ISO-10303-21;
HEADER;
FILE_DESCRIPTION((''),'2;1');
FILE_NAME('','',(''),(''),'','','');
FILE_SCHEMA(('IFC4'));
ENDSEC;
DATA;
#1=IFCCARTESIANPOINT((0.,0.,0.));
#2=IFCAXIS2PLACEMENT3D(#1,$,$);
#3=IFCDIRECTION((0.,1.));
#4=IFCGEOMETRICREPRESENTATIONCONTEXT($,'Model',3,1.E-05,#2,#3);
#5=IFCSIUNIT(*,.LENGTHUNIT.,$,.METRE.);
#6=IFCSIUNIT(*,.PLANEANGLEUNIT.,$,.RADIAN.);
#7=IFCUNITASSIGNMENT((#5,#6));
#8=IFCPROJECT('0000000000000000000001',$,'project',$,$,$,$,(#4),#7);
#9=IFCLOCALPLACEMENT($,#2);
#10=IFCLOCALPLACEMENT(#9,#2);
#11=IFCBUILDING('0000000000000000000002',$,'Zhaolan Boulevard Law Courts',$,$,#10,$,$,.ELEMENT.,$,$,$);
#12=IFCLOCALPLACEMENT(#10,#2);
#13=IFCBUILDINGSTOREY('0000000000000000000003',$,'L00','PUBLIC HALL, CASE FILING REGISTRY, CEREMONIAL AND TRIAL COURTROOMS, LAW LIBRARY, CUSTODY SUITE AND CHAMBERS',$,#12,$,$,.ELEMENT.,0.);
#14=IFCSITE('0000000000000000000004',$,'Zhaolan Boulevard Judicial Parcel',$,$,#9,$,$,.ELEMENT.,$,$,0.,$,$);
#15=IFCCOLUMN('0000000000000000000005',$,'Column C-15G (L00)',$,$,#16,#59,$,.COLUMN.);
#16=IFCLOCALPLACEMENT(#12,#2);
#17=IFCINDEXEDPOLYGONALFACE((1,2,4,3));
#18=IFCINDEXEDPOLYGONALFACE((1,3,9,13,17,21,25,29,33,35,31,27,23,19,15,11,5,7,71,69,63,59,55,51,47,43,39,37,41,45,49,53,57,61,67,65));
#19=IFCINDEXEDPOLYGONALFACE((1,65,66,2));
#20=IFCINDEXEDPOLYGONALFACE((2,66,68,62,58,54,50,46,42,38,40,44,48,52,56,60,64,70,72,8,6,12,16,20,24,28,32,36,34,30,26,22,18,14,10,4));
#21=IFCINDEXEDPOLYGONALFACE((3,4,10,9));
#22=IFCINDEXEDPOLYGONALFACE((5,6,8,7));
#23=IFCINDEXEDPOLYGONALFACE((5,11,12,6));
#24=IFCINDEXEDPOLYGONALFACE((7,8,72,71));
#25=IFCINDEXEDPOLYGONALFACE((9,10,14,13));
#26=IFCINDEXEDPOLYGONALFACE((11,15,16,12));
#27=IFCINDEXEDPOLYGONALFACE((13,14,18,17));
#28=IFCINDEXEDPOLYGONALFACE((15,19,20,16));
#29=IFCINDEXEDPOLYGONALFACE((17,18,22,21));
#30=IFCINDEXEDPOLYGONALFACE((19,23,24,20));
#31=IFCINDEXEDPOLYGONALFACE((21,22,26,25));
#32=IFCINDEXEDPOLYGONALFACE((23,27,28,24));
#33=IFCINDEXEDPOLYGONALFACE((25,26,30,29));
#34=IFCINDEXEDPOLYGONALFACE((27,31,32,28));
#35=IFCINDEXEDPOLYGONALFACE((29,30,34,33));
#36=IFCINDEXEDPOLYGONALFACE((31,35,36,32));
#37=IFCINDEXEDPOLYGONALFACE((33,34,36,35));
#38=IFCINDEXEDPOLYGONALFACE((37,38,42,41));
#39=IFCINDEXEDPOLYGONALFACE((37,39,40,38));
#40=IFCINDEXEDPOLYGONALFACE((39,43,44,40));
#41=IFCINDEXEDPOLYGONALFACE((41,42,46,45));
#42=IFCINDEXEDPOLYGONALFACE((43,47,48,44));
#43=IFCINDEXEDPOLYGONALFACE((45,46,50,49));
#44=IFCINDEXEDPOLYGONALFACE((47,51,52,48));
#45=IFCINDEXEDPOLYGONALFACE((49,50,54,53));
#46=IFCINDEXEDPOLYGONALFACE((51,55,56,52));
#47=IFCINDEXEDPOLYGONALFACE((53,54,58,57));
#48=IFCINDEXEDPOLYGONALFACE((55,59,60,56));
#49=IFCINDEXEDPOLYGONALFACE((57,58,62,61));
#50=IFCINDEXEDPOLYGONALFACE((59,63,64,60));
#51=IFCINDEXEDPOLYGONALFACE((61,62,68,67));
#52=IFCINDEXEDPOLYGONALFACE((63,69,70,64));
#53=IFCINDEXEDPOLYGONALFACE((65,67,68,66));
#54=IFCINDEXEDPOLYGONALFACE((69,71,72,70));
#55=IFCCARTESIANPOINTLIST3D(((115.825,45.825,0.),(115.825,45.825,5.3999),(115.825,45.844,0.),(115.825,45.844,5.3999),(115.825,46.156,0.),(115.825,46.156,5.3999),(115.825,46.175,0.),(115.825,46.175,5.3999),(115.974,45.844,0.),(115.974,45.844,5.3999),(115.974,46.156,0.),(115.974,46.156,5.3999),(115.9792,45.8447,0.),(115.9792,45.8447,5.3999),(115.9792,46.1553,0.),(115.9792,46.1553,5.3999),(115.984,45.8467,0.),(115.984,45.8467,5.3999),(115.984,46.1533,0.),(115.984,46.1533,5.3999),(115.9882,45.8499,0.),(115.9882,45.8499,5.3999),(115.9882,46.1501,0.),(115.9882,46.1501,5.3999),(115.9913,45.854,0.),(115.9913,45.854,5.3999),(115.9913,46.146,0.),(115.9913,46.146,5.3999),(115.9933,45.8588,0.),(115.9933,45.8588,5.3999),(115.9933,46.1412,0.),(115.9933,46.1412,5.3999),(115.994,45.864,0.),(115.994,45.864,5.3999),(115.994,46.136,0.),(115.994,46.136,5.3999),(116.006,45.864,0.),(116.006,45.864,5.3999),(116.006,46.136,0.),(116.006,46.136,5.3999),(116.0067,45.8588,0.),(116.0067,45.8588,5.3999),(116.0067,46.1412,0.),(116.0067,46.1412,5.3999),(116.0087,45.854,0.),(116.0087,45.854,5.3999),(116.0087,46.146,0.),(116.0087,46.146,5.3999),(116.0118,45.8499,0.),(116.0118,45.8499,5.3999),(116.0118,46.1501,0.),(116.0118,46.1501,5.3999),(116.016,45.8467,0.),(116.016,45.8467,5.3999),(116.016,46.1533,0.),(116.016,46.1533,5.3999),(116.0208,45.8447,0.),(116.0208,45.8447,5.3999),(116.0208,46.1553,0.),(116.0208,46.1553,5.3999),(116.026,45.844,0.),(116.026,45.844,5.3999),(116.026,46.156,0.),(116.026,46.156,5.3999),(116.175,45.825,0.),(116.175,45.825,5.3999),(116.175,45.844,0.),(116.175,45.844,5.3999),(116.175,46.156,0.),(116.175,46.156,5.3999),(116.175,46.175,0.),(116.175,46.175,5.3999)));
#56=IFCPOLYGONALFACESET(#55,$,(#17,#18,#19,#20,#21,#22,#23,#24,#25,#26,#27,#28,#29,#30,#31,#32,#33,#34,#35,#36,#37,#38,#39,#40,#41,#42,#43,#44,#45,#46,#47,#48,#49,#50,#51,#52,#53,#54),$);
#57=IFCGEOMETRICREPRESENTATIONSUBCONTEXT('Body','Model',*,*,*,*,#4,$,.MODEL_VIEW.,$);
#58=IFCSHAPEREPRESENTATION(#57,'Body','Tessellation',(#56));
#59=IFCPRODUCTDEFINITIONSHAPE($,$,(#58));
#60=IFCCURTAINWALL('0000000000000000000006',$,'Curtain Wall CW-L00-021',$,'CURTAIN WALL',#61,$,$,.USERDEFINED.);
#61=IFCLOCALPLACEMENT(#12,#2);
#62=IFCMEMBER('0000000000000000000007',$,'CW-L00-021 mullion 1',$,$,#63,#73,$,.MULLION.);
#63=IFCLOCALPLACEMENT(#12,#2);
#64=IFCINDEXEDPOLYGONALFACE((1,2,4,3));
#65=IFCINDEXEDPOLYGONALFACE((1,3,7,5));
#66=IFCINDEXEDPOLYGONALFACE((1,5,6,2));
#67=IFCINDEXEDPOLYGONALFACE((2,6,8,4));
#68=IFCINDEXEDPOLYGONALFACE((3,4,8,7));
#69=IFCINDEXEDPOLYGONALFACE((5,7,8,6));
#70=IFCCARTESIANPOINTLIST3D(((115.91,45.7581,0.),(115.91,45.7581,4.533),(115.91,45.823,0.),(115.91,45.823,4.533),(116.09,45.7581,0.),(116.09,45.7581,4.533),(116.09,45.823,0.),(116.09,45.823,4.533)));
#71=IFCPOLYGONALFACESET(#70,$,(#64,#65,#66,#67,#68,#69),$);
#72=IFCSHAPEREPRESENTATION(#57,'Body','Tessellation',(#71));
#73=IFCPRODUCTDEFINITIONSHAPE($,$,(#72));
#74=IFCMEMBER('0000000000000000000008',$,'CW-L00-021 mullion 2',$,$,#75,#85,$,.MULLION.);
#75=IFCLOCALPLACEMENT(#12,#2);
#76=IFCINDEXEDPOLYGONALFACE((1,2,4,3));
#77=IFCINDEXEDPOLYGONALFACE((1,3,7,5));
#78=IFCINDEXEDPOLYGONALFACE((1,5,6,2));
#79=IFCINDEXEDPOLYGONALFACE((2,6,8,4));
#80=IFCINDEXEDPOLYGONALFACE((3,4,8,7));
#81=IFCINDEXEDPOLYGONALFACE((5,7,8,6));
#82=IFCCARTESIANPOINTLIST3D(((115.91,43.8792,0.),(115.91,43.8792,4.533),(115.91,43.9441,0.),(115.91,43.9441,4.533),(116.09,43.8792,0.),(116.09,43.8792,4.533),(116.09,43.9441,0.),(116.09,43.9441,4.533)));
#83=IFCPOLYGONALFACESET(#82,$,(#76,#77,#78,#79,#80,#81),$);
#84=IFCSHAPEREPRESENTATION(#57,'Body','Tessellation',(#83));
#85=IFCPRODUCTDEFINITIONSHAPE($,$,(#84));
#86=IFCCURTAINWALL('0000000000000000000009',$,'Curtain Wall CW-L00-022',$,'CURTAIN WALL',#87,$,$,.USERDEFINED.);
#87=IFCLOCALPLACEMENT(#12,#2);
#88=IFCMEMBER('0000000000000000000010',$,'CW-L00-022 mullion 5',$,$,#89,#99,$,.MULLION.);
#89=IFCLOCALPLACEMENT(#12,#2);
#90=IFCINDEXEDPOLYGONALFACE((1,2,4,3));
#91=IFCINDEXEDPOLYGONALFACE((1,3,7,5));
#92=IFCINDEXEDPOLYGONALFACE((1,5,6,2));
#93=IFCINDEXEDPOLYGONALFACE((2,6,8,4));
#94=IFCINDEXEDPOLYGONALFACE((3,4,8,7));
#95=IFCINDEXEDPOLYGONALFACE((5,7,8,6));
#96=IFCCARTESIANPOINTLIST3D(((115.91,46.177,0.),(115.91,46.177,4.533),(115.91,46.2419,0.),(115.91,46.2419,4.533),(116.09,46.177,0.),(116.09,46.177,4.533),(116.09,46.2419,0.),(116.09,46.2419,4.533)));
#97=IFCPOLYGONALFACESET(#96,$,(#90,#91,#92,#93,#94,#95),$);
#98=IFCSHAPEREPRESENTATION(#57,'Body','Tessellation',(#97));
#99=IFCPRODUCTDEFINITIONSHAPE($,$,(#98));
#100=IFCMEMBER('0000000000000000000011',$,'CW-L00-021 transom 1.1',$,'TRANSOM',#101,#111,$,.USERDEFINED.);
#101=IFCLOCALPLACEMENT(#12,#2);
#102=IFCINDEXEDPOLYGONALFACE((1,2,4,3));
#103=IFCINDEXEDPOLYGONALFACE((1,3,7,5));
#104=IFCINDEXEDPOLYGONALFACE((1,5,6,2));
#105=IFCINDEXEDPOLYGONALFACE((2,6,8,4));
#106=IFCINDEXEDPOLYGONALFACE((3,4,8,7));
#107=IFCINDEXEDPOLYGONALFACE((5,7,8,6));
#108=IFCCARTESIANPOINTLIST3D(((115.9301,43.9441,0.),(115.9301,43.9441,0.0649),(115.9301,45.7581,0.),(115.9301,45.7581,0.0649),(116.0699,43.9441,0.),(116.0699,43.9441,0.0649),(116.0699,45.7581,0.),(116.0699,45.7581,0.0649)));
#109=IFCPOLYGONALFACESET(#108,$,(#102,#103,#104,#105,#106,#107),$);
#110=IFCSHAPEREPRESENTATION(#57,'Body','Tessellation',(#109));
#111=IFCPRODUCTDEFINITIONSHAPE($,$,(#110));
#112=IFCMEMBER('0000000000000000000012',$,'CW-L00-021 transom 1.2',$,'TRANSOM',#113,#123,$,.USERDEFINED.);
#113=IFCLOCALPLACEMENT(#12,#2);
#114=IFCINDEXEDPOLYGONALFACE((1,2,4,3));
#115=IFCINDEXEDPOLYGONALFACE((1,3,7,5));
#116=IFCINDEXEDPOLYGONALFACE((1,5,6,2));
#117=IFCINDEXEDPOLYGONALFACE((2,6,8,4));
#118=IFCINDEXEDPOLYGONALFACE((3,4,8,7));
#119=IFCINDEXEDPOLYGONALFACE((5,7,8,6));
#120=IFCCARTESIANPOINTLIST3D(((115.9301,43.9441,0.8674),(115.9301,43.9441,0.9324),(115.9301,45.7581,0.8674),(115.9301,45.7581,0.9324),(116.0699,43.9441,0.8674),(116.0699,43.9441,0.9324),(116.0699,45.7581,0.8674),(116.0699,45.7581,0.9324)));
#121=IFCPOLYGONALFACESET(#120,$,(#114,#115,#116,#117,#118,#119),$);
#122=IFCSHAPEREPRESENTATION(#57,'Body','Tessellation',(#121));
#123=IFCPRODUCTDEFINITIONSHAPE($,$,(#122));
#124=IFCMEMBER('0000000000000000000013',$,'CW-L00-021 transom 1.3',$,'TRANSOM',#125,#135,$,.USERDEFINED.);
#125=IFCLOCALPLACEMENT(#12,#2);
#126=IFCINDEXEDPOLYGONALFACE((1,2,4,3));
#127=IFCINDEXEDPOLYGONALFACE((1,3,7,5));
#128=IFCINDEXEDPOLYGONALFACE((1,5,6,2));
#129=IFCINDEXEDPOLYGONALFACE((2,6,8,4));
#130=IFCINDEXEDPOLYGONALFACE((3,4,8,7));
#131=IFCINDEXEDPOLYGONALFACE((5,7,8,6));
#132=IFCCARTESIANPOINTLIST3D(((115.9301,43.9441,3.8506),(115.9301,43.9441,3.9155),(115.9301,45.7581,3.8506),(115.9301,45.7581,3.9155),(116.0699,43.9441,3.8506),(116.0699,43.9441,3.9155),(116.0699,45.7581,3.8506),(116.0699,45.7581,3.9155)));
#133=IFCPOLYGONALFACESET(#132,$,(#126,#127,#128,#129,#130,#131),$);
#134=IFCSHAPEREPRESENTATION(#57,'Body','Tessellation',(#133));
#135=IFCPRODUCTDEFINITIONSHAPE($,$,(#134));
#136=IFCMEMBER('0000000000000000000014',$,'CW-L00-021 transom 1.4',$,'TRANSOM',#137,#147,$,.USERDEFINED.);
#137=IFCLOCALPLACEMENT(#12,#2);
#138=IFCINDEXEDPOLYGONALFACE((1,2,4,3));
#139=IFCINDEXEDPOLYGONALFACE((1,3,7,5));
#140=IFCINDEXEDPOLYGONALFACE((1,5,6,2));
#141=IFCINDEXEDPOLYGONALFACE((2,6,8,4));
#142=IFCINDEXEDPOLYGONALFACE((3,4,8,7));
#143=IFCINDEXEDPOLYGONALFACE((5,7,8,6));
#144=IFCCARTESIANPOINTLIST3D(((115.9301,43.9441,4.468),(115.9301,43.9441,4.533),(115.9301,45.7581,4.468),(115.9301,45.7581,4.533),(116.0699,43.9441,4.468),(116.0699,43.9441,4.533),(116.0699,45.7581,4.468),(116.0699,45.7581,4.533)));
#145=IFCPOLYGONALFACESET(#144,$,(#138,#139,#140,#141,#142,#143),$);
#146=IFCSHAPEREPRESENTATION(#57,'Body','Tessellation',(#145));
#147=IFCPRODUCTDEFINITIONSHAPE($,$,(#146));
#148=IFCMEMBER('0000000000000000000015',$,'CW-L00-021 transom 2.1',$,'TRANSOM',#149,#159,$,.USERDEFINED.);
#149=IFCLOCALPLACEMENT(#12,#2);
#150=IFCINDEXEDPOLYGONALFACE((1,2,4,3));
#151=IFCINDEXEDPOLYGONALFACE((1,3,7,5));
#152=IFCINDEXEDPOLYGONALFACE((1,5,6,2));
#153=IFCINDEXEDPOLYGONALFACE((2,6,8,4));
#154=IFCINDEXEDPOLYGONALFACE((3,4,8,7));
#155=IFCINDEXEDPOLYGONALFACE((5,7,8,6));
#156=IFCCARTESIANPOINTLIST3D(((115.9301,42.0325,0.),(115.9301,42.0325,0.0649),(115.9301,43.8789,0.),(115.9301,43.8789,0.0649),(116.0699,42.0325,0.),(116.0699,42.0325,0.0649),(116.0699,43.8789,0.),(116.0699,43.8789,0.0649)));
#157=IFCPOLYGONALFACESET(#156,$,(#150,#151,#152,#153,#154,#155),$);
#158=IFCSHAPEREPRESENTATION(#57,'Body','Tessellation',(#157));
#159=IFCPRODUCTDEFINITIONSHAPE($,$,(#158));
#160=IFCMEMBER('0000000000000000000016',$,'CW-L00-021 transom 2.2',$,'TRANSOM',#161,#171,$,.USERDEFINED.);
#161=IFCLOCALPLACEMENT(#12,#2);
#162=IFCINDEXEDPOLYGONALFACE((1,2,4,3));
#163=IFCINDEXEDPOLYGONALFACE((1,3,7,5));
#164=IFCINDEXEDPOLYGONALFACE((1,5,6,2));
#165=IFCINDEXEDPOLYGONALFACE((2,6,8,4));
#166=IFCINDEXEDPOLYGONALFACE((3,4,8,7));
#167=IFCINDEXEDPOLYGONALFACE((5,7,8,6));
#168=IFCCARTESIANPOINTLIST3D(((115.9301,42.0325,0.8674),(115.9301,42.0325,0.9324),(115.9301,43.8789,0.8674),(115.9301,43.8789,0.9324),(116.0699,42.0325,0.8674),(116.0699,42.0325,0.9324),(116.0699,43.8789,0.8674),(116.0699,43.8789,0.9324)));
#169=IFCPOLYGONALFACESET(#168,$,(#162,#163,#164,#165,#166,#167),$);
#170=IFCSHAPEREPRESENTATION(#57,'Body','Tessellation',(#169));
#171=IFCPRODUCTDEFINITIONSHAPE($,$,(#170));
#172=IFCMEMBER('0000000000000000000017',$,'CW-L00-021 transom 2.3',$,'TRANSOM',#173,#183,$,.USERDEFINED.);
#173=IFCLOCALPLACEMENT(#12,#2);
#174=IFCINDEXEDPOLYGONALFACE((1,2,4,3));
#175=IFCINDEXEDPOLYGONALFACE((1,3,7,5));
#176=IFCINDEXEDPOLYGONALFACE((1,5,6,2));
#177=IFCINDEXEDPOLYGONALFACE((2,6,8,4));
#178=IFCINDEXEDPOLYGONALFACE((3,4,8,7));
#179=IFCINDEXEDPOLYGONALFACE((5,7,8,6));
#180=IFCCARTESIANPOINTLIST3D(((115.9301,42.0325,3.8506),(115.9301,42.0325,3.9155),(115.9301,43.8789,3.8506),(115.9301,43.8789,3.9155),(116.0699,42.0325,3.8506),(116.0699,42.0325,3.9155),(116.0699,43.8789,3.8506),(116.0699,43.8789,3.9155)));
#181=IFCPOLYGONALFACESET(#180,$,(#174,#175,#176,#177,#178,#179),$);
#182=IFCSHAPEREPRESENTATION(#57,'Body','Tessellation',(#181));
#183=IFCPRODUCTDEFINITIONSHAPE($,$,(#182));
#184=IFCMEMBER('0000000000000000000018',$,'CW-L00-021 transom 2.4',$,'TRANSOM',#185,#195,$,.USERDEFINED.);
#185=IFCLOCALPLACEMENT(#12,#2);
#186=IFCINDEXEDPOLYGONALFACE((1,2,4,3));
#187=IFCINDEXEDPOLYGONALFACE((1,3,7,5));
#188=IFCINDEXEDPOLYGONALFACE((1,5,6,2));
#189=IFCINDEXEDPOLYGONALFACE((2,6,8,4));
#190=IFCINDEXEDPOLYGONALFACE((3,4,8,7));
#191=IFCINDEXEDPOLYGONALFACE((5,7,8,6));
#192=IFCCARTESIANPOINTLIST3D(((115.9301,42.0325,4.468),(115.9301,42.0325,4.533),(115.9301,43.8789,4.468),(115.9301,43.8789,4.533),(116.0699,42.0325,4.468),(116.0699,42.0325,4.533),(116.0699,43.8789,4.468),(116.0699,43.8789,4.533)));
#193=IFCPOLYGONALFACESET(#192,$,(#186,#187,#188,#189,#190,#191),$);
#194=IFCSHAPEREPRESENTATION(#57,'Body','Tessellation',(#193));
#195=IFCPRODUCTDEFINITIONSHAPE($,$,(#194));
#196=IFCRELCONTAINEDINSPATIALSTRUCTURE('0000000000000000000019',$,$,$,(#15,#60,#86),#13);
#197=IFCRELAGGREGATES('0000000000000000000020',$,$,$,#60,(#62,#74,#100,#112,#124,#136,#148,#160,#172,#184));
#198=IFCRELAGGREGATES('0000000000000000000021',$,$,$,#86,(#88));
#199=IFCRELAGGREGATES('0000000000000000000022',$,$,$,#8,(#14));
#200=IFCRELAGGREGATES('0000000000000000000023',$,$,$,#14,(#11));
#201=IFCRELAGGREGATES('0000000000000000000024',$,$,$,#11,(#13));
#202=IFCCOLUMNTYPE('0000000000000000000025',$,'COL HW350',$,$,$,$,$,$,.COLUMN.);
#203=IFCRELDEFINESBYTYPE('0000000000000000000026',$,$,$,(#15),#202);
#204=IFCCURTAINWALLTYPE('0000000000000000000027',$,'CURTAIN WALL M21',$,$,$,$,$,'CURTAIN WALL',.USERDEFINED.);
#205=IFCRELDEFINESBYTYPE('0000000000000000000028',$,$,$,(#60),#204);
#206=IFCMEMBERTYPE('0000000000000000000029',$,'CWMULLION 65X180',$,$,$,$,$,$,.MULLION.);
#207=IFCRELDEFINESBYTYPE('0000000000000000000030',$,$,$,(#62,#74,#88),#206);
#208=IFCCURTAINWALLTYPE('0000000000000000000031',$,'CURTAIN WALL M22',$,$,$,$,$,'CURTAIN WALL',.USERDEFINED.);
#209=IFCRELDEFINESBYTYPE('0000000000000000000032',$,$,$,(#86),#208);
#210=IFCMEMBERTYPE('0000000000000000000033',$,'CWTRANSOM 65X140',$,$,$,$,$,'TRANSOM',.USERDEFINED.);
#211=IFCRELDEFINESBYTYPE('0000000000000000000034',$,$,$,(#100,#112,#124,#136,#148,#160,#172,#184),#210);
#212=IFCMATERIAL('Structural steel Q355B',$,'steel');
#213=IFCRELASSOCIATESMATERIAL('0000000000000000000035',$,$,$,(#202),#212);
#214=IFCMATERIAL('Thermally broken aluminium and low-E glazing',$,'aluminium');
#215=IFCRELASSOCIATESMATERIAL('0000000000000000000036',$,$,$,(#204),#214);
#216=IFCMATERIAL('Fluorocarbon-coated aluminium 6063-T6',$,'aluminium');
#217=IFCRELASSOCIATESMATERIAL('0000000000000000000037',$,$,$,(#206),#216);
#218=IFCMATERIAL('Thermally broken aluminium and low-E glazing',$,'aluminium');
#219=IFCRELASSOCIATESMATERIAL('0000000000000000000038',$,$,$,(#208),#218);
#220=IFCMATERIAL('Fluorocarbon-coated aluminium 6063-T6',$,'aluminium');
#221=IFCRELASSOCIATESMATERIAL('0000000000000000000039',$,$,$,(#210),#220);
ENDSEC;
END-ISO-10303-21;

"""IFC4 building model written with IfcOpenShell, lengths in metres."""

from ifc_helpers import new_model, si_unit, direction, frame, origin, origin_2d, place, context, subcontext, project, spatial, rectangle, i_section, extrude, material, material_profile, profile_set, type_object, element, aggregate, save


model = new_model("IFC4")

# Units and contexts
model_context = context("Model", 3, precision=1e-05, world=origin(), true_north=direction((0.0, 1.0)))
body_context = subcontext(model_context, "Body", "Model", "MODEL_VIEW")
ifc_project = project(units=[si_unit("LENGTHUNIT", "METRE"), si_unit("PLANEANGLEUNIT", "RADIAN")], contexts=[model_context])

# Site, building, storey
site_placement = place(None, origin())
site = spatial("IfcSite", under=ifc_project, at=site_placement, Name="Zhaolan Boulevard Judicial Parcel", CompositionType="ELEMENT", RefElevation=0.0)
building_placement = place(site_placement, origin())
building = spatial("IfcBuilding", under=site, at=building_placement, Name="Zhaolan Boulevard Law Courts", CompositionType="ELEMENT")
storey_placement = place(building_placement, origin())
storey = spatial("IfcBuildingStorey", under=building, at=storey_placement, Name="L00", Description="PUBLIC HALL, CASE FILING REGISTRY, CEREMONIAL AND TRIAL COURTROOMS, LAW LIBRARY, CUSTODY SUITE AND CHAMBERS", CompositionType="ELEMENT", Elevation=0.0)

# Column
ifc_material_1 = material(Name="Structural steel Q355B", Category="steel")
ifc_material_profile_1 = material_profile(ifc_material_1, i_section(OverallWidth=0.3501, OverallDepth=0.3501, WebThickness=0.012, FlangeThickness=0.019, FilletRadius=0.02, at=origin_2d()), Name="HW350x350")
ifc_profile_set_1 = profile_set([ifc_material_profile_1], Name="Structural steel Q355B")
column_type = type_object("IfcColumnType", Name="COL HW350", PredefinedType="COLUMN", material=ifc_profile_set_1)
column_placement = place(storey_placement, frame((116.0, 46.0, 0.0), z_axis=(0.0, 0.0, 1.0), x_axis=(1.0, 0.0, 0.0)))
element("IfcColumn", 1, at=column_placement, inside=storey, type_object=column_type, Name="Column C-15G (L00)", PredefinedType="COLUMN", context=body_context, shape_type="SweptSolid", body=[
    extrude(i_section(OverallWidth=0.3501, OverallDepth=0.3501, WebThickness=0.012, FlangeThickness=0.019, FilletRadius=0.02, at=origin_2d()), origin(), (0.0, 0.0, 1.0), 5.3999),
])

# Curtain wall, members
ifc_material_2 = material(Name="Thermally broken aluminium and low-E glazing", Category="aluminium")
curtain_wall_type_1 = type_object("IfcCurtainWallType", Name="CURTAIN WALL M21", ElementType="CURTAIN WALL", PredefinedType="USERDEFINED", material=ifc_material_2)
curtain_wall_1_placement = place(storey_placement, origin())
curtain_wall_1 = element("IfcCurtainWall", 2, at=curtain_wall_1_placement, inside=storey, type_object=curtain_wall_type_1, Name="Curtain Wall CW-L00-021", ObjectType="CURTAIN WALL", PredefinedType="USERDEFINED")
ifc_material_3 = material(Name="Fluorocarbon-coated aluminium 6063-T6", Category="aluminium")
ifc_material_profile_2 = material_profile(ifc_material_3, rectangle(XDim=0.1799, YDim=0.0649, at=origin_2d()), Name="AL65x180")
ifc_profile_set_2 = profile_set([ifc_material_profile_2], Name="Fluorocarbon-coated aluminium 6063-T6")
member_type_1 = type_object("IfcMemberType", Name="CWMULLION 65X180", PredefinedType="MULLION", material=ifc_profile_set_2)
member_1_placement = place(storey_placement, frame((116.0, 45.7905, 0.0), z_axis=(0.0, 0.0, 1.0), x_axis=(1.0, 0.0, 0.0)))
member_1 = element("IfcMember", 3, at=member_1_placement, type_object=member_type_1, Name="CW-L00-021 mullion 1", PredefinedType="MULLION", context=body_context, shape_type="SweptSolid", body=[
    extrude(rectangle(XDim=0.1799, YDim=0.0649, at=origin_2d()), origin(), (0.0, 0.0, 1.0), 4.533),
])
member_2_placement = place(storey_placement, frame((116.0, 43.9116, 0.0), z_axis=(0.0, 0.0, 1.0), x_axis=(1.0, 0.0, 0.0)))
member_2 = element("IfcMember", 4, at=member_2_placement, type_object=member_type_1, Name="CW-L00-021 mullion 2", PredefinedType="MULLION", context=body_context, shape_type="SweptSolid", body=[
    extrude(rectangle(XDim=0.1799, YDim=0.0649, at=origin_2d()), origin(), (0.0, 0.0, 1.0), 4.533),
])

# Curtain wall, member
ifc_material_4 = material(Name="Thermally broken aluminium and low-E glazing", Category="aluminium")
curtain_wall_type_2 = type_object("IfcCurtainWallType", Name="CURTAIN WALL M22", ElementType="CURTAIN WALL", PredefinedType="USERDEFINED", material=ifc_material_4)
curtain_wall_2_placement = place(storey_placement, origin())
curtain_wall_2 = element("IfcCurtainWall", 5, at=curtain_wall_2_placement, inside=storey, type_object=curtain_wall_type_2, Name="Curtain Wall CW-L00-022", ObjectType="CURTAIN WALL", PredefinedType="USERDEFINED")
member_3_placement = place(storey_placement, frame((116.0, 46.2095, 0.0), z_axis=(0.0, 0.0, 1.0), x_axis=(1.0, 0.0, 0.0)))
member_3 = element("IfcMember", 6, at=member_3_placement, type_object=member_type_1, Name="CW-L00-022 mullion 5", PredefinedType="MULLION", context=body_context, shape_type="SweptSolid", body=[
    extrude(rectangle(XDim=0.1799, YDim=0.0649, at=origin_2d()), origin(), (0.0, 0.0, 1.0), 4.533),
])

# Members
ifc_material_5 = material(Name="Fluorocarbon-coated aluminium 6063-T6", Category="aluminium")
ifc_material_profile_3 = material_profile(ifc_material_5, rectangle(XDim=0.1399, YDim=0.0649, at=origin_2d()), Name="AL65x140")
ifc_profile_set_3 = profile_set([ifc_material_profile_3], Name="Fluorocarbon-coated aluminium 6063-T6")
member_type_2 = type_object("IfcMemberType", Name="CWTRANSOM 65X140", ElementType="TRANSOM", PredefinedType="USERDEFINED", material=ifc_profile_set_3)
member_4_placement = place(storey_placement, frame((116.0, 45.7581, 0.0325), z_axis=(0.0, -1.0, 0.0), x_axis=(1.0, 0.0, 0.0)))
member_4 = element("IfcMember", 7, at=member_4_placement, type_object=member_type_2, Name="CW-L00-021 transom 1.1", ObjectType="TRANSOM", PredefinedType="USERDEFINED", context=body_context, shape_type="SweptSolid", body=[
    extrude(rectangle(XDim=0.1399, YDim=0.0649, at=origin_2d()), origin(), (0.0, 0.0, 1.0), 1.814),
])
member_5_placement = place(storey_placement, frame((116.0, 45.7581, 0.8999), z_axis=(0.0, -1.0, 0.0), x_axis=(1.0, 0.0, 0.0)))
member_5 = element("IfcMember", 8, at=member_5_placement, type_object=member_type_2, Name="CW-L00-021 transom 1.2", ObjectType="TRANSOM", PredefinedType="USERDEFINED", context=body_context, shape_type="SweptSolid", body=[
    extrude(rectangle(XDim=0.1399, YDim=0.0649, at=origin_2d()), origin(), (0.0, 0.0, 1.0), 1.814),
])
member_6_placement = place(storey_placement, frame((116.0, 45.7581, 3.8831), z_axis=(0.0, -1.0, 0.0), x_axis=(1.0, 0.0, 0.0)))
member_6 = element("IfcMember", 9, at=member_6_placement, type_object=member_type_2, Name="CW-L00-021 transom 1.3", ObjectType="TRANSOM", PredefinedType="USERDEFINED", context=body_context, shape_type="SweptSolid", body=[
    extrude(rectangle(XDim=0.1399, YDim=0.0649, at=origin_2d()), origin(), (0.0, 0.0, 1.0), 1.814),
])
member_7_placement = place(storey_placement, frame((116.0, 45.7581, 4.5005), z_axis=(0.0, -1.0, 0.0), x_axis=(1.0, 0.0, 0.0)))
member_7 = element("IfcMember", 10, at=member_7_placement, type_object=member_type_2, Name="CW-L00-021 transom 1.4", ObjectType="TRANSOM", PredefinedType="USERDEFINED", context=body_context, shape_type="SweptSolid", body=[
    extrude(rectangle(XDim=0.1399, YDim=0.0649, at=origin_2d()), origin(), (0.0, 0.0, 1.0), 1.814),
])
member_8_placement = place(storey_placement, frame((116.0, 43.8789, 0.0325), z_axis=(0.0, -1.0, 0.0), x_axis=(1.0, 0.0, 0.0)))
member_8 = element("IfcMember", 11, at=member_8_placement, type_object=member_type_2, Name="CW-L00-021 transom 2.1", ObjectType="TRANSOM", PredefinedType="USERDEFINED", context=body_context, shape_type="SweptSolid", body=[
    extrude(rectangle(XDim=0.1399, YDim=0.0649, at=origin_2d()), origin(), (0.0, 0.0, 1.0), 1.8464),
])
member_9_placement = place(storey_placement, frame((116.0, 43.8789, 0.8999), z_axis=(0.0, -1.0, 0.0), x_axis=(1.0, 0.0, 0.0)))
member_9 = element("IfcMember", 12, at=member_9_placement, type_object=member_type_2, Name="CW-L00-021 transom 2.2", ObjectType="TRANSOM", PredefinedType="USERDEFINED", context=body_context, shape_type="SweptSolid", body=[
    extrude(rectangle(XDim=0.1399, YDim=0.0649, at=origin_2d()), origin(), (0.0, 0.0, 1.0), 1.8464),
])
member_10_placement = place(storey_placement, frame((116.0, 43.8789, 3.8831), z_axis=(0.0, -1.0, 0.0), x_axis=(1.0, 0.0, 0.0)))
member_10 = element("IfcMember", 13, at=member_10_placement, type_object=member_type_2, Name="CW-L00-021 transom 2.3", ObjectType="TRANSOM", PredefinedType="USERDEFINED", context=body_context, shape_type="SweptSolid", body=[
    extrude(rectangle(XDim=0.1399, YDim=0.0649, at=origin_2d()), origin(), (0.0, 0.0, 1.0), 1.8464),
])
member_11_placement = place(storey_placement, frame((116.0, 43.8789, 4.5005), z_axis=(0.0, -1.0, 0.0), x_axis=(1.0, 0.0, 0.0)))
member_11 = element("IfcMember", 14, at=member_11_placement, type_object=member_type_2, Name="CW-L00-021 transom 2.4", ObjectType="TRANSOM", PredefinedType="USERDEFINED", context=body_context, shape_type="SweptSolid", body=[
    extrude(rectangle(XDim=0.1399, YDim=0.0649, at=origin_2d()), origin(), (0.0, 0.0, 1.0), 1.8464),
])

aggregate(curtain_wall_1, [member_1, member_2, member_4, member_5, member_6, member_7, member_8, member_9, member_10, member_11])
aggregate(curtain_wall_2, [member_3])

save(model, "model.ifc")
